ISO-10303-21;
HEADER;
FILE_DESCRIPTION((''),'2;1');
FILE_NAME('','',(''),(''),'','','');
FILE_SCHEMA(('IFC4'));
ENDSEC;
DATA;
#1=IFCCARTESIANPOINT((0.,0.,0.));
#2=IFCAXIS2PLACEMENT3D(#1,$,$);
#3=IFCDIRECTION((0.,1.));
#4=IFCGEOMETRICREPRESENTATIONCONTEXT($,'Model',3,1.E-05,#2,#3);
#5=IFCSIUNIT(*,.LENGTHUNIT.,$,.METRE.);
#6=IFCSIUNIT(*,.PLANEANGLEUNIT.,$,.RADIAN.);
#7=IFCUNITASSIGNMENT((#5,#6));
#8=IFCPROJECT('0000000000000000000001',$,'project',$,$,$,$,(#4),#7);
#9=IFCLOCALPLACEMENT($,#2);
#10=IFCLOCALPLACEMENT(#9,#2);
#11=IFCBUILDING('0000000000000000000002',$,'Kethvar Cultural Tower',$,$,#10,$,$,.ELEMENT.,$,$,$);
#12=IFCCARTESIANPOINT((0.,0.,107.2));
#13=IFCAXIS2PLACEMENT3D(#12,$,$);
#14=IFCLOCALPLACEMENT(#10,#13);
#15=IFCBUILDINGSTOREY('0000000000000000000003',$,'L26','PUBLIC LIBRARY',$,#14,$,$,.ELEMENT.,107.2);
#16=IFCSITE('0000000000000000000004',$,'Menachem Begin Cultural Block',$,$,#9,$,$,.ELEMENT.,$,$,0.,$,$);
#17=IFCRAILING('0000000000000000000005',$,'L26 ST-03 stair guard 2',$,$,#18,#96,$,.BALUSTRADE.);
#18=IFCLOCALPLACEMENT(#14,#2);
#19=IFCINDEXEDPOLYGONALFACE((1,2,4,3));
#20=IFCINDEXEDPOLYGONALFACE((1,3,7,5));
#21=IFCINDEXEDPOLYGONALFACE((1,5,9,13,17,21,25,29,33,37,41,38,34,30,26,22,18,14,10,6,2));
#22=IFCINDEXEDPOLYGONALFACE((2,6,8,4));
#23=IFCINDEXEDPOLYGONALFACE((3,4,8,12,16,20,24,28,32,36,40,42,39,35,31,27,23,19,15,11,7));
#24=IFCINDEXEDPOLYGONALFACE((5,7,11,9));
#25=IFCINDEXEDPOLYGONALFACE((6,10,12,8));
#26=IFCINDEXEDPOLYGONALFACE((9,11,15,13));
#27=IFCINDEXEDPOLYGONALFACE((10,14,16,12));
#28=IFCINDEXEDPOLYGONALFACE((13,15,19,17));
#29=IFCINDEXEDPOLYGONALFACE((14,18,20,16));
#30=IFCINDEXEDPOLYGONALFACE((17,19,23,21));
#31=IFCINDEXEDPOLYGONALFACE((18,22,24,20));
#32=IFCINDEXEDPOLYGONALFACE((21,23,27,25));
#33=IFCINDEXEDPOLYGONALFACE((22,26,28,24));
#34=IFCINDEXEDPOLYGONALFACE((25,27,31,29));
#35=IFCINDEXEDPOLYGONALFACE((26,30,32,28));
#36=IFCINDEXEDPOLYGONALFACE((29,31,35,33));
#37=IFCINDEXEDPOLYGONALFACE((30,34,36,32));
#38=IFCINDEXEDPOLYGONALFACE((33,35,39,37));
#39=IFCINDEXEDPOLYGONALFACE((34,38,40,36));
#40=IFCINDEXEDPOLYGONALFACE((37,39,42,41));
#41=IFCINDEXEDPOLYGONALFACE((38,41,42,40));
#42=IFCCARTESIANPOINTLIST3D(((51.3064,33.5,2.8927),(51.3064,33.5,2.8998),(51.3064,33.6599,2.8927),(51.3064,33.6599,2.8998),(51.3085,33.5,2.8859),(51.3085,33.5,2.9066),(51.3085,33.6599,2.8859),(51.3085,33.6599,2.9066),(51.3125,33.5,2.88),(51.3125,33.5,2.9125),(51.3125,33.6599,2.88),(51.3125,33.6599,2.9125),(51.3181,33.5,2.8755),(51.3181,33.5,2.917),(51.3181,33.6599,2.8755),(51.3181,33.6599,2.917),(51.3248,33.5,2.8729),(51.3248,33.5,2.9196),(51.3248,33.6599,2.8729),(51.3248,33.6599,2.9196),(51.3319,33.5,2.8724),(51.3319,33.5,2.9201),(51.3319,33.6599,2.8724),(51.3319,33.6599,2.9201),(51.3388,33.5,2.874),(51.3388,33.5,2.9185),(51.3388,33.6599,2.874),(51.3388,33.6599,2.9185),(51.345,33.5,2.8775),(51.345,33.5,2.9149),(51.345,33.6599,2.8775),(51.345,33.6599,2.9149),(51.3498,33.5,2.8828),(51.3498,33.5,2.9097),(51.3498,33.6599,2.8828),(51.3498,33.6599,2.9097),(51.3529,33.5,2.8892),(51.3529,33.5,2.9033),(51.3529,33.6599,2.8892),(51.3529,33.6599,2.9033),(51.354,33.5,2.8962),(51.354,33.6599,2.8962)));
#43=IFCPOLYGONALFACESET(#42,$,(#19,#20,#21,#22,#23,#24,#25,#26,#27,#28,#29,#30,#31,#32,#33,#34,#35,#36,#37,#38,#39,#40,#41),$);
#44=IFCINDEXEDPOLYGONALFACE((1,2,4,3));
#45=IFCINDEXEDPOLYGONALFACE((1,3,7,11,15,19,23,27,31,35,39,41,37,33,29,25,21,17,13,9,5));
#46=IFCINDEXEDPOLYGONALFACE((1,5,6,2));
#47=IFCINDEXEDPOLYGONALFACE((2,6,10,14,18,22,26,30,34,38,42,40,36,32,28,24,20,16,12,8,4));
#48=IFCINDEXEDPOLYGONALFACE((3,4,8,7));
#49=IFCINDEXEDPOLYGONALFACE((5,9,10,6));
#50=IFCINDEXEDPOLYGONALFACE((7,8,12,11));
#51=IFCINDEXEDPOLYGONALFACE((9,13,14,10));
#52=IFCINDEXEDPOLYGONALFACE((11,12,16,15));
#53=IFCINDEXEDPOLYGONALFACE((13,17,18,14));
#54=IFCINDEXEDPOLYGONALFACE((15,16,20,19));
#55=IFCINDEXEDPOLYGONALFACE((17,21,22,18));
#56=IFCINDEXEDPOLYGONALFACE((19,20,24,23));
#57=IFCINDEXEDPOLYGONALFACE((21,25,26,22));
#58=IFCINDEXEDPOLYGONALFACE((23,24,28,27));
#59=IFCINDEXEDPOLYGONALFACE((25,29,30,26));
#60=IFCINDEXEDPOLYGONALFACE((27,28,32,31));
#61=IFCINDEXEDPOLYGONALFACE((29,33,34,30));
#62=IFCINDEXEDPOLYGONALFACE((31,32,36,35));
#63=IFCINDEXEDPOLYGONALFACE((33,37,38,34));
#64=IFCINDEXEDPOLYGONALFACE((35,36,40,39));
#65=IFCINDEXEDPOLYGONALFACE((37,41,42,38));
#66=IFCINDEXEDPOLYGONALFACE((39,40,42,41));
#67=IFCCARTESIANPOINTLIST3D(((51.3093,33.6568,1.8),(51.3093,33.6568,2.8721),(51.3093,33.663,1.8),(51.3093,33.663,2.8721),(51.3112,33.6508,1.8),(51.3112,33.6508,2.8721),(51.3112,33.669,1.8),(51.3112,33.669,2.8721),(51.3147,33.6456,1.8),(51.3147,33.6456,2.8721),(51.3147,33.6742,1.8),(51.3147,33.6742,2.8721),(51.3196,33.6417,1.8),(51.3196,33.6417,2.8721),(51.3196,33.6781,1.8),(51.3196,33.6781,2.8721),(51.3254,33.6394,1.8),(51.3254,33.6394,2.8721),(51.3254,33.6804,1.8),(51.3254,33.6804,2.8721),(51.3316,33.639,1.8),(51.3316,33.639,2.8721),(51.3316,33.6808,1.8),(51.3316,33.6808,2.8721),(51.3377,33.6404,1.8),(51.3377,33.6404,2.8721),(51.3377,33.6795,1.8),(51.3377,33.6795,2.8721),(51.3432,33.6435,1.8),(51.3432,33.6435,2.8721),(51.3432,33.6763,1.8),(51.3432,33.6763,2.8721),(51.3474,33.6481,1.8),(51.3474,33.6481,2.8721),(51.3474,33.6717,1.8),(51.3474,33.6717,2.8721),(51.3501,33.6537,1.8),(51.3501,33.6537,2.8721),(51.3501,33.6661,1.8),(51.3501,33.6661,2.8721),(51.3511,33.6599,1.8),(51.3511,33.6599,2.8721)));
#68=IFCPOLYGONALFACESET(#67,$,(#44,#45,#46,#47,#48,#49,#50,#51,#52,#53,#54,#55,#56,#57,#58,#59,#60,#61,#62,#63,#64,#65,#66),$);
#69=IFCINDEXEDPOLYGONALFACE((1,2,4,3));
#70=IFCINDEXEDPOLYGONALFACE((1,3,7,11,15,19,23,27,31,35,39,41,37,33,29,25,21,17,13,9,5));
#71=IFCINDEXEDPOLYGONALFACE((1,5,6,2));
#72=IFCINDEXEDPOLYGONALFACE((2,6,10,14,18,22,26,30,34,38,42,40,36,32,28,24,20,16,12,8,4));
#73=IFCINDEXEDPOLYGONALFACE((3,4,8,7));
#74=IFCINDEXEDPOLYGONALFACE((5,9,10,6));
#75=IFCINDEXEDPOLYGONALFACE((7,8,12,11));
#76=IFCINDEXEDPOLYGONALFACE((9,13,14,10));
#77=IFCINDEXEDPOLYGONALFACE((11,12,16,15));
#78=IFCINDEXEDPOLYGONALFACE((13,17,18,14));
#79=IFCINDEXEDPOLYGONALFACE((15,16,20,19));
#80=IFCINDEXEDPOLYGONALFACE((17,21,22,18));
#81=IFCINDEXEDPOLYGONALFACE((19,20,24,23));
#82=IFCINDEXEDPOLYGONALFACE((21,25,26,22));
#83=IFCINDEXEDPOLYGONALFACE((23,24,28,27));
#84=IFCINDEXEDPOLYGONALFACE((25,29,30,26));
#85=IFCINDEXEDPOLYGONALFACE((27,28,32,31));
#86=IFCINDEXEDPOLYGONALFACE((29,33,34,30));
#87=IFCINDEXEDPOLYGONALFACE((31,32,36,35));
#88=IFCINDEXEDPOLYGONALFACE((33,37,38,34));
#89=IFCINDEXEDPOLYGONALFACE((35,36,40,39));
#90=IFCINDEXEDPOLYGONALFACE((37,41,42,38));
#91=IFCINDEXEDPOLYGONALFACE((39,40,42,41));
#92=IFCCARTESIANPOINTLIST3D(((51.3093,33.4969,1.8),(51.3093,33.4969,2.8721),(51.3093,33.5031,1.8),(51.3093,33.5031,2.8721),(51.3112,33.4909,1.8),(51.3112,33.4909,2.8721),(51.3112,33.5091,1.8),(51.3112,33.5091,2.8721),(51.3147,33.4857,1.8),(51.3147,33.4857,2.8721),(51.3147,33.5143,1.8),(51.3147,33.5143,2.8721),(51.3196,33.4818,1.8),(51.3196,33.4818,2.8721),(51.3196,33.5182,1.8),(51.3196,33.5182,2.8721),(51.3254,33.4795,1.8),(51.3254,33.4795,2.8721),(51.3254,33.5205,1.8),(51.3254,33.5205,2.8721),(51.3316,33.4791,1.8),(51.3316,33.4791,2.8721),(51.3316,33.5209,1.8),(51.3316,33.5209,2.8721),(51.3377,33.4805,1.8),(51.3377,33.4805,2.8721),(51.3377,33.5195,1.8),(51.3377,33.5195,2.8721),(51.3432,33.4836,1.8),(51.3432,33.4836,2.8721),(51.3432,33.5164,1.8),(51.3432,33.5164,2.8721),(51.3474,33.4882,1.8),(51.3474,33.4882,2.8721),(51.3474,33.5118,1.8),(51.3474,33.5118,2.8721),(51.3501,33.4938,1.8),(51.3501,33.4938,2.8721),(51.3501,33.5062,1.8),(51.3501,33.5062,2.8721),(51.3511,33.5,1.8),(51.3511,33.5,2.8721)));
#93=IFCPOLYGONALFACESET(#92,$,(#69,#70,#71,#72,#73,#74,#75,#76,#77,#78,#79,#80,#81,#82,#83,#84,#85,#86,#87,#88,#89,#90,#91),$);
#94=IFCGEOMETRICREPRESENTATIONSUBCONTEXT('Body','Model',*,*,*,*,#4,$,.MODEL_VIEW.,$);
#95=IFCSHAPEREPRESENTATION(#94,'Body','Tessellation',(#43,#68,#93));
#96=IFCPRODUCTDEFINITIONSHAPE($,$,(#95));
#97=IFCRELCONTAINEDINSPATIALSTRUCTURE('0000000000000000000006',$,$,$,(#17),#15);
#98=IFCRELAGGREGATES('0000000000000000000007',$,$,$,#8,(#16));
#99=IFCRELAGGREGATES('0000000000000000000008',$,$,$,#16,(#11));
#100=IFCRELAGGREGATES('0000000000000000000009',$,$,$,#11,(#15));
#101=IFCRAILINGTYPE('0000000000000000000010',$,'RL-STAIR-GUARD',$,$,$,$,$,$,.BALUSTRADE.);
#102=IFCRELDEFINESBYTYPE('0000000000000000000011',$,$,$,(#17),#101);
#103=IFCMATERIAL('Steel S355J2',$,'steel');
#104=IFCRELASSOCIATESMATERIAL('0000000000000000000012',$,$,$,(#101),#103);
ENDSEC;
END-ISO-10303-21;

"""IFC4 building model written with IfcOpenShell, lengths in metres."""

from ifc_helpers import new_model, si_unit, direction, frame, origin, origin_2d, place, context, subcontext, project, spatial, circle, extrude, material, type_object, element, save


model = new_model("IFC4")

# Units and contexts
model_context = context("Model", 3, precision=1e-05, world=origin(), true_north=direction((0.0, 1.0)))
body_context = subcontext(model_context, "Body", "Model", "MODEL_VIEW")
ifc_project = project(units=[si_unit("LENGTHUNIT", "METRE"), si_unit("PLANEANGLEUNIT", "RADIAN")], contexts=[model_context])

# Site, building, storey
site_placement = place(None, origin())
site = spatial("IfcSite", under=ifc_project, at=site_placement, Name="Menachem Begin Cultural Block", CompositionType="ELEMENT", RefElevation=0.0)
building_placement = place(site_placement, origin())
building = spatial("IfcBuilding", under=site, at=building_placement, Name="Kethvar Cultural Tower", CompositionType="ELEMENT")
storey_placement = place(building_placement, frame((0.0, 0.0, 107.2)))
storey = spatial("IfcBuildingStorey", under=building, at=storey_placement, Name="L26", Description="PUBLIC LIBRARY", CompositionType="ELEMENT", Elevation=107.2)

# Shared definitions
ifc_material_1 = material(Name="Steel S355J2", Category="steel")

# Railing
railing_type_1 = type_object("IfcRailingType", Name="RL-STAIR-GUARD", PredefinedType="BALUSTRADE", material=ifc_material_1)
railing_1_placement = place(storey_placement, frame((51.3301, 33.6599, 1.8)))
element("IfcRailing", 1, at=railing_1_placement, inside=storey, type_object=railing_type_1, Name="L26 ST-03 stair guard 2", PredefinedType="BALUSTRADE", context=body_context, shape_type="SweptSolid", body=[
    extrude(circle(Radius=0.0239, at=origin_2d()), frame((0.0, 0.0, 1.0962), z_axis=(0.0, -1.0, 0.0), x_axis=(1.0, 0.0, 0.0)), (0.0, 0.0, 1.0), 0.1599),
    extrude(circle(Radius=0.021, at=origin_2d()), origin(), (0.0, 0.0, 1.0), 1.072),
    extrude(circle(Radius=0.021, at=origin_2d()), frame((0.0, -0.1599, 0.0)), (0.0, 0.0, 1.0), 1.072),
])

save(model, "model.ifc")
